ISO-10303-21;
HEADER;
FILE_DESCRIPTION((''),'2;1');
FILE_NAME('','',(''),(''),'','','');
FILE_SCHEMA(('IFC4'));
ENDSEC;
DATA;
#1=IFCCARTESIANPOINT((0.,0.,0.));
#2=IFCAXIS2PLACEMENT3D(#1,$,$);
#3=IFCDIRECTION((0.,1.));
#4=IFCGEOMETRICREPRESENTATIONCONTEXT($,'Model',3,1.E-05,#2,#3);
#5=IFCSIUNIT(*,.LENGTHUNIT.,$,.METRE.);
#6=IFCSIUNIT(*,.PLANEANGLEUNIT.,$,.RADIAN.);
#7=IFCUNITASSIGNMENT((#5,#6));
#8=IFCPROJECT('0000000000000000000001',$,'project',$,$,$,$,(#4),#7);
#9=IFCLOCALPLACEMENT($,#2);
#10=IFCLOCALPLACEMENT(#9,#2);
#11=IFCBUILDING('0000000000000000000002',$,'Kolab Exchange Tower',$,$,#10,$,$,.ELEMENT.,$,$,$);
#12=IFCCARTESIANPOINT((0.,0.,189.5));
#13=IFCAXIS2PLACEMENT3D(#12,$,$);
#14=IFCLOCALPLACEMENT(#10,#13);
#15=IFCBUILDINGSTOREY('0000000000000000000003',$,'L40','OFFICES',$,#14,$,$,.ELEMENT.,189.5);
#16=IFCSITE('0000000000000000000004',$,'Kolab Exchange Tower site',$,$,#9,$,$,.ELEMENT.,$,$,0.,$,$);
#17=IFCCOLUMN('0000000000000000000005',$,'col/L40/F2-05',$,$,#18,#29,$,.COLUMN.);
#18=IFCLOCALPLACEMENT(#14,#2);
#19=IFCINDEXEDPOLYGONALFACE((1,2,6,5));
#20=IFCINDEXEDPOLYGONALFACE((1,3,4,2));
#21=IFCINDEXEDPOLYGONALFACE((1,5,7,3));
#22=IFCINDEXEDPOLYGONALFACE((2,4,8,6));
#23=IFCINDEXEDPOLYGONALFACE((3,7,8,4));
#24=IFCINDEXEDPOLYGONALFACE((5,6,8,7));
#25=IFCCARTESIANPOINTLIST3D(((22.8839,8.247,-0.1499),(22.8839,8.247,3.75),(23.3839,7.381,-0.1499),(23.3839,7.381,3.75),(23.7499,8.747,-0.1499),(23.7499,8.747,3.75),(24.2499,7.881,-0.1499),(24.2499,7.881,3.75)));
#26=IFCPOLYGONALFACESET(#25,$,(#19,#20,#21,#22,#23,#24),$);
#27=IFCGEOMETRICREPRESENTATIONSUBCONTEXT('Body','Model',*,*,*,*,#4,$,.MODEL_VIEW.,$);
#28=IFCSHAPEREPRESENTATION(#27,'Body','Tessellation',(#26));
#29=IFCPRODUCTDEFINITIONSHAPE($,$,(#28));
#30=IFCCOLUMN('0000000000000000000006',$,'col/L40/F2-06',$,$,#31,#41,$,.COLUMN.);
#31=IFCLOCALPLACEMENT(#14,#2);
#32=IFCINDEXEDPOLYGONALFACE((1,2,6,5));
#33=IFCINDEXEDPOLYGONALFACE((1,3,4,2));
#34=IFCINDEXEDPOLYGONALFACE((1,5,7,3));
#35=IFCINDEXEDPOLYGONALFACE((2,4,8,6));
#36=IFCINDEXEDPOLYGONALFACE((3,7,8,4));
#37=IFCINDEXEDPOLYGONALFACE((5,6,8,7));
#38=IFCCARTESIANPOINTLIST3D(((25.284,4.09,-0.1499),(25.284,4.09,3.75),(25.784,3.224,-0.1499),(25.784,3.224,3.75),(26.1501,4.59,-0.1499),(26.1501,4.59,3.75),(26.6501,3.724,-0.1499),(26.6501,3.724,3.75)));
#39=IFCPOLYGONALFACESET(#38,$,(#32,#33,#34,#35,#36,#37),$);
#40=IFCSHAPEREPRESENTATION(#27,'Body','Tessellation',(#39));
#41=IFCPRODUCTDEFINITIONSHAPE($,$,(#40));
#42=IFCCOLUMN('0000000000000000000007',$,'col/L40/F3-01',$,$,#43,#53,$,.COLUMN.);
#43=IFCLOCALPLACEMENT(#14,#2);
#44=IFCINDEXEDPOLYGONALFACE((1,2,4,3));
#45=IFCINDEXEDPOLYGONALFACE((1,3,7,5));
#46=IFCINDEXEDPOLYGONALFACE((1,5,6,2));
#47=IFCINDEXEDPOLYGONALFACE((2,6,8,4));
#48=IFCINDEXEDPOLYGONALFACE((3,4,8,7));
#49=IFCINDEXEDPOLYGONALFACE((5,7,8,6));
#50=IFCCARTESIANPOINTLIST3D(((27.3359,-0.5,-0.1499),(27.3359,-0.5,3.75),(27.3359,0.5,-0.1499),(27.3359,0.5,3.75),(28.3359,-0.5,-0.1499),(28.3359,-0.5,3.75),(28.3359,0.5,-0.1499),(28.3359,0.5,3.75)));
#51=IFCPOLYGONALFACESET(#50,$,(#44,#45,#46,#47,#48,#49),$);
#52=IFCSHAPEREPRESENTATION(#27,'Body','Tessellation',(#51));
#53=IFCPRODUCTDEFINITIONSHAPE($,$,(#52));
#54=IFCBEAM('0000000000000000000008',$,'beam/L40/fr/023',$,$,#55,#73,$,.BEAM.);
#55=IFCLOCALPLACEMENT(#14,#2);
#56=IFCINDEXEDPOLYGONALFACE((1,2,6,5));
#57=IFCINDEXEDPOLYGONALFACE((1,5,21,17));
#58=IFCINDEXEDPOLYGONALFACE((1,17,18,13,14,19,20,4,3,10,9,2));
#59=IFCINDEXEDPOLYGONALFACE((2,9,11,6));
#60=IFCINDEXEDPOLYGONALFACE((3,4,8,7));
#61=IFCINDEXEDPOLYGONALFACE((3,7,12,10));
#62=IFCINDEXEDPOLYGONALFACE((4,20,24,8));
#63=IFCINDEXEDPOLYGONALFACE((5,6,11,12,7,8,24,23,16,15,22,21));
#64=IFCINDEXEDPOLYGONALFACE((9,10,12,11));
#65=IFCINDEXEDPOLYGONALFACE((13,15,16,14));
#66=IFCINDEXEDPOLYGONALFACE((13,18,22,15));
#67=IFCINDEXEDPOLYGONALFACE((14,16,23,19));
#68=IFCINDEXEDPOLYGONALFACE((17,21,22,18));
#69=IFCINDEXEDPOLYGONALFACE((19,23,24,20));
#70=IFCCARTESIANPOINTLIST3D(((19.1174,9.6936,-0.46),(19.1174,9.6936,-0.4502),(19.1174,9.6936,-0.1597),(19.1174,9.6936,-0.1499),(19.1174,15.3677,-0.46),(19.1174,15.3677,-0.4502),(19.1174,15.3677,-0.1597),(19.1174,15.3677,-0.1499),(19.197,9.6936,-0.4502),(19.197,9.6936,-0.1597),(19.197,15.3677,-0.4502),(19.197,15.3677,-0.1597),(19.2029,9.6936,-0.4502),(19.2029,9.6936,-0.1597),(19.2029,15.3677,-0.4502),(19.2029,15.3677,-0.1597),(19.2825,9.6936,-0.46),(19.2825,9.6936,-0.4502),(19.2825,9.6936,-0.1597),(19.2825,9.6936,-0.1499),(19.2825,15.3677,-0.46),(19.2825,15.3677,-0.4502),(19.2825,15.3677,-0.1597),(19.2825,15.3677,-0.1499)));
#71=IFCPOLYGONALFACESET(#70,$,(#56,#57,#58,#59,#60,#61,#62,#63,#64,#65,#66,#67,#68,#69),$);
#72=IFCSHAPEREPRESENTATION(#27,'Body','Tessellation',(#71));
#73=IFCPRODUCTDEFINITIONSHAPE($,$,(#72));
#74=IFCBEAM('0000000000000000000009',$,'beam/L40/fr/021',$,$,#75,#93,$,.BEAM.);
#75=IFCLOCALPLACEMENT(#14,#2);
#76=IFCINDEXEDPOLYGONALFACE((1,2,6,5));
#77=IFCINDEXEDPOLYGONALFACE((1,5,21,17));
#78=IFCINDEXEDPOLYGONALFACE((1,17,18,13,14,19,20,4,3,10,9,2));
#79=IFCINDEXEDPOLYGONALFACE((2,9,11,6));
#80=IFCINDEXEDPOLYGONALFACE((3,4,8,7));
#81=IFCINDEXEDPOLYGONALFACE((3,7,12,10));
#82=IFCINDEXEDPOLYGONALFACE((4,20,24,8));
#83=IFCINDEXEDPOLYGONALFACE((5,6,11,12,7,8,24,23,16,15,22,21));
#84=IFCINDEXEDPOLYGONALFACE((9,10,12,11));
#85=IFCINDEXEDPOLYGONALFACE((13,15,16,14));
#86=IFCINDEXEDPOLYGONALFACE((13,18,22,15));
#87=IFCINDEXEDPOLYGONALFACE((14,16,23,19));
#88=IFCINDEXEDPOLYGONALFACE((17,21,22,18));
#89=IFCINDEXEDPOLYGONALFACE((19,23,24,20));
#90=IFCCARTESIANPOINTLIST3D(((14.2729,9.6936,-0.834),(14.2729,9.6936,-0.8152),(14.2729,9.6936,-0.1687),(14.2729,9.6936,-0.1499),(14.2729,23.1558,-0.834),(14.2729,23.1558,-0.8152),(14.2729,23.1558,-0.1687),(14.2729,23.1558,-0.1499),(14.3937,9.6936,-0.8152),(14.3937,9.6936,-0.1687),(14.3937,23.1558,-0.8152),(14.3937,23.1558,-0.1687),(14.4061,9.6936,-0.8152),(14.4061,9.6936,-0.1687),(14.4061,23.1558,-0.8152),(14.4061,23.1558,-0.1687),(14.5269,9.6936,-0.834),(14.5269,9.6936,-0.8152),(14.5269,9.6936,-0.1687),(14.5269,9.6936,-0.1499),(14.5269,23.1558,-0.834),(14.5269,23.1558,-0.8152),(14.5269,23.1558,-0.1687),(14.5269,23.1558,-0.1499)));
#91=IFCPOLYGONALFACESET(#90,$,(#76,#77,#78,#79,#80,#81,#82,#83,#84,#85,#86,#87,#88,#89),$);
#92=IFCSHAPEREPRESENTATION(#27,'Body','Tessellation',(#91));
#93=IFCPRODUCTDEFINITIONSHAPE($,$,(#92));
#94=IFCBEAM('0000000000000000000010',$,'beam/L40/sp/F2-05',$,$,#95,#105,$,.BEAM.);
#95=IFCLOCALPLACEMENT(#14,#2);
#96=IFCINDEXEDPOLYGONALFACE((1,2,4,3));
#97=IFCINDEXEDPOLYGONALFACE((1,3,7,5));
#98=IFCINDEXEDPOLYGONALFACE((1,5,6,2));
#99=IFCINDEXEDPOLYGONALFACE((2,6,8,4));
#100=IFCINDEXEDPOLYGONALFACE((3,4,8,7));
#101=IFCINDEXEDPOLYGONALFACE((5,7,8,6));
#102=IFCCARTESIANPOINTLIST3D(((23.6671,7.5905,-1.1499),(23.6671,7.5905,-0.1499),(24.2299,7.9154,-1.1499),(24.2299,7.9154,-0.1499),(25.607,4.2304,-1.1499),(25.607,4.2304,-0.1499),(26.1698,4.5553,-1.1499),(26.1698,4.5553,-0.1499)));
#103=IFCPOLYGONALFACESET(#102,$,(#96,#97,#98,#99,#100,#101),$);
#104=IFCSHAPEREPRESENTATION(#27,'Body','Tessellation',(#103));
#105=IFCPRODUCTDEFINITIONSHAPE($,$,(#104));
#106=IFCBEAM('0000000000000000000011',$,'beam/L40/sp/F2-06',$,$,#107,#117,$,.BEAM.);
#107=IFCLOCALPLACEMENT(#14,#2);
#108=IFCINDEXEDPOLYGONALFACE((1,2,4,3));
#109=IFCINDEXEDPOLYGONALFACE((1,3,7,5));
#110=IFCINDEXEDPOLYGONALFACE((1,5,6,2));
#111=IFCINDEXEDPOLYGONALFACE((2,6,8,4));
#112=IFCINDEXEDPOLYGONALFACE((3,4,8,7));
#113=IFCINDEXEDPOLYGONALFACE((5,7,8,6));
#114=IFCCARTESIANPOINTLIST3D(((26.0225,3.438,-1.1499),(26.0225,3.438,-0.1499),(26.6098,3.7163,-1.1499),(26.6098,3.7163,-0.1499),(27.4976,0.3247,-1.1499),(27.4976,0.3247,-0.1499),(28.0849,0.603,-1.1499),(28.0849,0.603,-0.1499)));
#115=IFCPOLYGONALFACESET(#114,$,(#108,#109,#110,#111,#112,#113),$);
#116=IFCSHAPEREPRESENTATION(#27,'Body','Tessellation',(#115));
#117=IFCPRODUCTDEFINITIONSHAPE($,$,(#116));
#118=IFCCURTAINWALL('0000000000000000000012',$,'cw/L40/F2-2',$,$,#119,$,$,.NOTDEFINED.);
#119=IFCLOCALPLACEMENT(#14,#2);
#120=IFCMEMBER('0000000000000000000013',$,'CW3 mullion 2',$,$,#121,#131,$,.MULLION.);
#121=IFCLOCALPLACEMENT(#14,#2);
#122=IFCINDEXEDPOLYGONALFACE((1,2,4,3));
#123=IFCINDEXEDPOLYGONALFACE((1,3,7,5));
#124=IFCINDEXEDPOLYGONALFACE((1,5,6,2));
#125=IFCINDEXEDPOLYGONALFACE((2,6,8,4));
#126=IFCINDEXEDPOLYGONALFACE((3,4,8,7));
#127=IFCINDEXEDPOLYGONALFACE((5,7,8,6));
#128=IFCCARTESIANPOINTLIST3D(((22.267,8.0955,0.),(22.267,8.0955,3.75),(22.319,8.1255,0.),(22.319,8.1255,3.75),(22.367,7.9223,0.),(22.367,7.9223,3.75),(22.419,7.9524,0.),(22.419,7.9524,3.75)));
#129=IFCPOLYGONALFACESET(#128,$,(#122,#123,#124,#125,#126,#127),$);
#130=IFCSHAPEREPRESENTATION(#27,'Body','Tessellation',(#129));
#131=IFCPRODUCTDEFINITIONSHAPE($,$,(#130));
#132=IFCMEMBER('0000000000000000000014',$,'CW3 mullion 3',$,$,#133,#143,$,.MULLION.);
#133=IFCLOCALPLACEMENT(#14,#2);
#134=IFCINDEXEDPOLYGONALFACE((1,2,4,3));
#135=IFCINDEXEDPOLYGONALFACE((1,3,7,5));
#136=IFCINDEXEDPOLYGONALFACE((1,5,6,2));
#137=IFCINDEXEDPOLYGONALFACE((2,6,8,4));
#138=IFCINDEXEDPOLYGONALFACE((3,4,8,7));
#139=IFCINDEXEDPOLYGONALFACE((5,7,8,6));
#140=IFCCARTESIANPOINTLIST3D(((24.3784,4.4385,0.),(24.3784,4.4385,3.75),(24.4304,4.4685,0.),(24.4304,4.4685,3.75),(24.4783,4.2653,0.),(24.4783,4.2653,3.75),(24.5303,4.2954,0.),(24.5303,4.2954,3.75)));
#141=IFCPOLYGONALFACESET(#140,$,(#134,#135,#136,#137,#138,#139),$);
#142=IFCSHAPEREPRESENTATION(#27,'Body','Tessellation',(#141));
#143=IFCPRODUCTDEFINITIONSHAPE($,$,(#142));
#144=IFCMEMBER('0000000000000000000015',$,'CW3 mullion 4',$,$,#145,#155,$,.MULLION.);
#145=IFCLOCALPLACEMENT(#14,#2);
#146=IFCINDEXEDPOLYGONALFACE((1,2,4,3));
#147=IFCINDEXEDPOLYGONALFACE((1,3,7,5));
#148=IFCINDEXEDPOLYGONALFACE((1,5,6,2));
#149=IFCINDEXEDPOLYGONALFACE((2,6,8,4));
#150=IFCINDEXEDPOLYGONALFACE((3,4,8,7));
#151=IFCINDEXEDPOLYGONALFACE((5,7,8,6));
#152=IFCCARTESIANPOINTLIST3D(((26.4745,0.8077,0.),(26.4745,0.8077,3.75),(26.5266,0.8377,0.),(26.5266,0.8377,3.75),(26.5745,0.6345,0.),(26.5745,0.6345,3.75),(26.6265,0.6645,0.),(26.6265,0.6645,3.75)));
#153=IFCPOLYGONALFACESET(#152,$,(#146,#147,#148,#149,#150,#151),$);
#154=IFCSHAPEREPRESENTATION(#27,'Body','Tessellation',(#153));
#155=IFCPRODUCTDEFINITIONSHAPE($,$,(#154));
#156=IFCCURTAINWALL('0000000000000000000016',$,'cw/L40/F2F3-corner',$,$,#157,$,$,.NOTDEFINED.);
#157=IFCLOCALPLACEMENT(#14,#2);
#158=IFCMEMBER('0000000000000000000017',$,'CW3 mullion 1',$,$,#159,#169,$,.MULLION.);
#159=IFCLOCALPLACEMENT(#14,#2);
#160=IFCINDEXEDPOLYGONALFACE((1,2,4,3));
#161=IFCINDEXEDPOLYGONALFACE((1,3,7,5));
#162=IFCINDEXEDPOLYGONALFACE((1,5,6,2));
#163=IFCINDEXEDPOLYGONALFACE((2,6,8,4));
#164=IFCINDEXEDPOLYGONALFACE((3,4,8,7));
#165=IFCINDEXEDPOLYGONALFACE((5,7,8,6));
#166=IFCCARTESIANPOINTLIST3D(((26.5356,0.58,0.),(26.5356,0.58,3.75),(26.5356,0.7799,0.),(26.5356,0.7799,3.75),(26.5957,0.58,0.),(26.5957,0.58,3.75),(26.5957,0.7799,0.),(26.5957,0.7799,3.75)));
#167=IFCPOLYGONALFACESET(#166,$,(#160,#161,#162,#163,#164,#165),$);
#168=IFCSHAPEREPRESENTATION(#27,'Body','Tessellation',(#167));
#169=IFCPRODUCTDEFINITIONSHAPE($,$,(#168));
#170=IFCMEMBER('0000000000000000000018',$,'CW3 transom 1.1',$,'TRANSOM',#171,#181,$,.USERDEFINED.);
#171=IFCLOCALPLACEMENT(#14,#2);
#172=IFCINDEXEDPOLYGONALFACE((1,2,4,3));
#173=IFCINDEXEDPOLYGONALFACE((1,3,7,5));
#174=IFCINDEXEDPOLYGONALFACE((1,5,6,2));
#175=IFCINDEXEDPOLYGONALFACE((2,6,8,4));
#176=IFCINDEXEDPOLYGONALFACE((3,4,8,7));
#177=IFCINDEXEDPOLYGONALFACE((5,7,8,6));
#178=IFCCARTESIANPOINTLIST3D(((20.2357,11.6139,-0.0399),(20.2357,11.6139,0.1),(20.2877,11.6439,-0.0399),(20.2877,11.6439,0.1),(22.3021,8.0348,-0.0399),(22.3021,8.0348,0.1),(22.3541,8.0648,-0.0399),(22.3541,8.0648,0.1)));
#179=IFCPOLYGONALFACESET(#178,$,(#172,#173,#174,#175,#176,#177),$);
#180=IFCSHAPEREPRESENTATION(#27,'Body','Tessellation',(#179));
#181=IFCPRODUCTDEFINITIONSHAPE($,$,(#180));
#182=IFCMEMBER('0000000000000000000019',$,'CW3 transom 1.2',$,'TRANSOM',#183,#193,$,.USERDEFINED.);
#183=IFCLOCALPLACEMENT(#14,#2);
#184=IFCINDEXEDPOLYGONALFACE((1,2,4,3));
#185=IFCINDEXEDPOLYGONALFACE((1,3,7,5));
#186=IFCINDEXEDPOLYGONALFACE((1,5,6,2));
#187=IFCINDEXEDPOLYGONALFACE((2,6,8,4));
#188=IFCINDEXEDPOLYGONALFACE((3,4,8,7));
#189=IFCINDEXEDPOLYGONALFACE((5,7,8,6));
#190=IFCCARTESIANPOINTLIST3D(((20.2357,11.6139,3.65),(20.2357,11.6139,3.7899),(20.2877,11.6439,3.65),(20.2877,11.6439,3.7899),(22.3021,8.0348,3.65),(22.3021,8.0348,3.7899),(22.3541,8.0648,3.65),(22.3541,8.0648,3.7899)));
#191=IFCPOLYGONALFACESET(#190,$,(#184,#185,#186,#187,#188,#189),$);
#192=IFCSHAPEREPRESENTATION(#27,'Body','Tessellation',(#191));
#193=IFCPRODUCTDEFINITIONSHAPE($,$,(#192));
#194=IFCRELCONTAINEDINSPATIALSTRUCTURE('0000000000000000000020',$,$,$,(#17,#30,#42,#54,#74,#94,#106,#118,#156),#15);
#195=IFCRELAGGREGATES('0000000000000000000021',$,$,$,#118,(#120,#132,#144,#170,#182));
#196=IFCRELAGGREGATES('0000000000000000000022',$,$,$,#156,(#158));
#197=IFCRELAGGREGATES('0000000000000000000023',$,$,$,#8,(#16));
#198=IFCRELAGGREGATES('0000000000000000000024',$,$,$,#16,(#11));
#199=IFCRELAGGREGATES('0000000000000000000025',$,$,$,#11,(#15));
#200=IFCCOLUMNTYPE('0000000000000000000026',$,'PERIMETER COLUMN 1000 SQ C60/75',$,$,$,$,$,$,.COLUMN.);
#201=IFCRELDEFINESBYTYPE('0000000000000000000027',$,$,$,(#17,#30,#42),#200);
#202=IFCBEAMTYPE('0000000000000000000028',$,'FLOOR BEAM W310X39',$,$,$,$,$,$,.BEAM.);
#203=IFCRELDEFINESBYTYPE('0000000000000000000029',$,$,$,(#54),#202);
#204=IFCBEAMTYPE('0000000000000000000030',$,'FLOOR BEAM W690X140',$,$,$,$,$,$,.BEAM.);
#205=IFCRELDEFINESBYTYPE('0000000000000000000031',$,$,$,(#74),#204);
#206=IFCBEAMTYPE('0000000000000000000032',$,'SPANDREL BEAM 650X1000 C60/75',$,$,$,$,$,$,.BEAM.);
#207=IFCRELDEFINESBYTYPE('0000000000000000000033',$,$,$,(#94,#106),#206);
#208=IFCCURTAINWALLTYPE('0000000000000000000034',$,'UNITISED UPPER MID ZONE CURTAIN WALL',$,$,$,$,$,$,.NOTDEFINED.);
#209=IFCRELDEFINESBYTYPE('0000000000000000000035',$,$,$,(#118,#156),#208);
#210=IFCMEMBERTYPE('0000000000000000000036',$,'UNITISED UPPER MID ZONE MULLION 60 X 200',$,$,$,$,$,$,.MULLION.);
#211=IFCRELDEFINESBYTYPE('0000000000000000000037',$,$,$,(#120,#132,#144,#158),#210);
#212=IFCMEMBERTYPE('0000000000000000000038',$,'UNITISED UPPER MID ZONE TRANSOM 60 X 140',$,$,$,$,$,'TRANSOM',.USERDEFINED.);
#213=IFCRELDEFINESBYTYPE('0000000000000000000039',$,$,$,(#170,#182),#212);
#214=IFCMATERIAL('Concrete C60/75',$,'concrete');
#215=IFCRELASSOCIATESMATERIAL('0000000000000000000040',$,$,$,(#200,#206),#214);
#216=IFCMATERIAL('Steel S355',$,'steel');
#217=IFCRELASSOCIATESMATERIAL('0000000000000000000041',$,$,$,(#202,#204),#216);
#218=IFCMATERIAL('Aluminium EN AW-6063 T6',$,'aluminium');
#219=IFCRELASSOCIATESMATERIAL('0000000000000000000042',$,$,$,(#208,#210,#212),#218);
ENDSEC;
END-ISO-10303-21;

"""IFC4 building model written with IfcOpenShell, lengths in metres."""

from ifc_helpers import new_model, si_unit, direction, frame, origin, origin_2d, place, context, subcontext, project, spatial, rectangle, i_section, extrude, material, material_profile, profile_set, type_object, element, aggregate, save


model = new_model("IFC4")

# Units and contexts
model_context = context("Model", 3, precision=1e-05, world=origin(), true_north=direction((0.0, 1.0)))
body_context = subcontext(model_context, "Body", "Model", "MODEL_VIEW")
ifc_project = project(units=[si_unit("LENGTHUNIT", "METRE"), si_unit("PLANEANGLEUNIT", "RADIAN")], contexts=[model_context])

# Site, building, storey
site_placement = place(None, origin())
site = spatial("IfcSite", under=ifc_project, at=site_placement, Name="Kolab Exchange Tower site", CompositionType="ELEMENT", RefElevation=0.0)
building_placement = place(site_placement, origin())
building = spatial("IfcBuilding", under=site, at=building_placement, Name="Kolab Exchange Tower", CompositionType="ELEMENT")
storey_placement = place(building_placement, frame((0.0, 0.0, 189.5)))
storey = spatial("IfcBuildingStorey", under=building, at=storey_placement, Name="L40", Description="OFFICES", CompositionType="ELEMENT", Elevation=189.5)

# Columns
ifc_material_1 = material(Name="Concrete C60/75", Category="concrete")
ifc_material_profile_1 = material_profile(ifc_material_1, rectangle(XDim=1.0, YDim=1.0, at=origin_2d()), Name="RC1000")
ifc_profile_set_1 = profile_set([ifc_material_profile_1], Name="Concrete C60/75")
column_type = type_object("IfcColumnType", Name="PERIMETER COLUMN 1000 SQ C60/75", PredefinedType="COLUMN", material=ifc_profile_set_1)
for number, where, z_axis, x_axis, name in (
    (1, (23.5669, 8.064, -0.1499), (0.0, 0.0, 1.0), (0.866025, 0.5, 0.0), "col/L40/F2-05"),
    (2, (25.967, 3.907, -0.1499), (0.0, 0.0, 1.0), (0.866025, 0.5, 0.0), "col/L40/F2-06"),
    (3, (27.8359, 0.0, -0.1499), (0.0, 0.0, 1.0), (1.0, 0.0, 0.0), "col/L40/F3-01"),
):
    element("IfcColumn", number, at=place(storey_placement, frame(where, z_axis=z_axis, x_axis=x_axis)), inside=storey, type_object=column_type, Name=name, PredefinedType="COLUMN", context=body_context, shape_type="SweptSolid", body=[
        extrude(rectangle(XDim=1.0, YDim=1.0, at=origin_2d()), origin(), (0.0, 0.0, 1.0), 3.8999),
    ])

# Beams
ifc_material_2 = material(Name="Steel S355", Category="steel")
ifc_material_profile_2 = material_profile(ifc_material_2, i_section(OverallWidth=0.165, OverallDepth=0.3101, WebThickness=0.0059, FlangeThickness=0.0098, at=origin_2d()), Name="W310X39")
ifc_profile_set_2 = profile_set([ifc_material_profile_2], Name="Steel S355")
beam_type_1 = type_object("IfcBeamType", Name="FLOOR BEAM W310X39", PredefinedType="BEAM", material=ifc_profile_set_2)
beam_1_placement = place(storey_placement, frame((19.2, 9.6936, -0.3049), z_axis=(0.0, 1.0, 0.0), x_axis=(-1.0, 0.0, 0.0)))
element("IfcBeam", 4, at=beam_1_placement, inside=storey, type_object=beam_type_1, Name="beam/L40/fr/023", PredefinedType="BEAM", context=body_context, shape_type="SweptSolid", body=[
    extrude(i_section(OverallWidth=0.165, OverallDepth=0.3101, WebThickness=0.0059, FlangeThickness=0.0098, at=origin_2d()), origin(), (0.0, 0.0, 1.0), 5.6741),
])
ifc_material_profile_3 = material_profile(ifc_material_2, i_section(OverallWidth=0.2539, OverallDepth=0.6841, WebThickness=0.0125, FlangeThickness=0.0188, at=origin_2d()), Name="W690X140")
ifc_profile_set_3 = profile_set([ifc_material_profile_3], Name="Steel S355")
beam_type_2 = type_object("IfcBeamType", Name="FLOOR BEAM W690X140", PredefinedType="BEAM", material=ifc_profile_set_3)
beam_2_placement = place(storey_placement, frame((14.3999, 9.6936, -0.4919), z_axis=(0.0, 1.0, 0.0), x_axis=(-1.0, 0.0, 0.0)))
element("IfcBeam", 5, at=beam_2_placement, inside=storey, type_object=beam_type_2, Name="beam/L40/fr/021", PredefinedType="BEAM", context=body_context, shape_type="SweptSolid", body=[
    extrude(i_section(OverallWidth=0.2539, OverallDepth=0.6841, WebThickness=0.0125, FlangeThickness=0.0188, at=origin_2d()), origin(), (0.0, 0.0, 1.0), 13.4622),
])
ifc_material_profile_4 = material_profile(ifc_material_1, rectangle(XDim=0.6499, YDim=1.0, at=origin_2d()), Name="RC650X1000")
ifc_profile_set_4 = profile_set([ifc_material_profile_4], Name="Concrete C60/75")
beam_type_3 = type_object("IfcBeamType", Name="SPANDREL BEAM 650X1000 C60/75", PredefinedType="BEAM", material=ifc_profile_set_4)
beam_3_placement = place(storey_placement, frame((23.9485, 7.7529, -0.6499), z_axis=(0.499997, -0.866027, 0.0), x_axis=(0.866027, 0.499997, 0.0)))
element("IfcBeam", 6, at=beam_3_placement, inside=storey, type_object=beam_type_3, Name="beam/L40/sp/F2-05", PredefinedType="BEAM", context=body_context, shape_type="SweptSolid", body=[
    extrude(rectangle(XDim=0.6499, YDim=1.0, at=origin_2d()), origin(), (0.0, 0.0, 1.0), 3.8799),
])
beam_4_placement = place(storey_placement, frame((26.3162, 3.5771, -0.6499), z_axis=(0.428178, -0.903695, 0.0), x_axis=(0.903695, 0.428178, 0.0)))
element("IfcBeam", 7, at=beam_4_placement, inside=storey, type_object=beam_type_3, Name="beam/L40/sp/F2-06", PredefinedType="BEAM", context=body_context, shape_type="SweptSolid", body=[
    extrude(rectangle(XDim=0.6499, YDim=1.0, at=origin_2d()), origin(), (0.0, 0.0, 1.0), 3.4451),
])

# Curtain wall, members
ifc_material_3 = material(Name="Aluminium EN AW-6063 T6", Category="aluminium")
curtain_wall_type = type_object("IfcCurtainWallType", Name="UNITISED UPPER MID ZONE CURTAIN WALL", PredefinedType="NOTDEFINED", material=ifc_material_3)
curtain_wall_1_placement = place(storey_placement, origin())
curtain_wall_1 = element("IfcCurtainWall", 8, at=curtain_wall_1_placement, inside=storey, type_object=curtain_wall_type, Name="cw/L40/F2-2", PredefinedType="NOTDEFINED")
ifc_material_profile_5 = material_profile(ifc_material_3, rectangle(XDim=0.0601, YDim=0.2, at=origin_2d()), Name="RECT 60X200")
ifc_profile_set_5 = profile_set([ifc_material_profile_5], Name="Aluminium EN AW-6063 T6")
member_type_1 = type_object("IfcMemberType", Name="UNITISED UPPER MID ZONE MULLION 60 X 200", PredefinedType="MULLION", material=ifc_profile_set_5)
member_1_placement = place(storey_placement, frame((22.343, 8.0239, 0.0), z_axis=(0.0, 0.0, 1.0), x_axis=(0.866025, 0.5, 0.0)))
member_1 = element("IfcMember", 9, at=member_1_placement, type_object=member_type_1, Name="CW3 mullion 2", PredefinedType="MULLION", context=body_context, shape_type="SweptSolid", body=[
    extrude(rectangle(XDim=0.0601, YDim=0.2, at=origin_2d()), origin(), (0.0, 0.0, 1.0), 3.75),
])
member_2_placement = place(storey_placement, frame((24.4543, 4.3669, 0.0), z_axis=(0.0, 0.0, 1.0), x_axis=(0.866025, 0.5, 0.0)))
member_2 = element("IfcMember", 10, at=member_2_placement, type_object=member_type_1, Name="CW3 mullion 3", PredefinedType="MULLION", context=body_context, shape_type="SweptSolid", body=[
    extrude(rectangle(XDim=0.0601, YDim=0.2, at=origin_2d()), origin(), (0.0, 0.0, 1.0), 3.75),
])
member_3_placement = place(storey_placement, frame((26.5505, 0.7361, 0.0), z_axis=(0.0, 0.0, 1.0), x_axis=(0.866025, 0.5, 0.0)))
member_3 = element("IfcMember", 11, at=member_3_placement, type_object=member_type_1, Name="CW3 mullion 4", PredefinedType="MULLION", context=body_context, shape_type="SweptSolid", body=[
    extrude(rectangle(XDim=0.0601, YDim=0.2, at=origin_2d()), origin(), (0.0, 0.0, 1.0), 3.75),
])

# Curtain wall, member
curtain_wall_2_placement = place(storey_placement, origin())
curtain_wall_2 = element("IfcCurtainWall", 12, at=curtain_wall_2_placement, inside=storey, type_object=curtain_wall_type, Name="cw/L40/F2F3-corner", PredefinedType="NOTDEFINED")
member_4_placement = place(storey_placement, frame((26.5657, 0.6799, 0.0), z_axis=(0.0, 0.0, 1.0), x_axis=(1.0, 0.0, 0.0)))
member_4 = element("IfcMember", 13, at=member_4_placement, type_object=member_type_1, Name="CW3 mullion 1", PredefinedType="MULLION", context=body_context, shape_type="SweptSolid", body=[
    extrude(rectangle(XDim=0.0601, YDim=0.2, at=origin_2d()), origin(), (0.0, 0.0, 1.0), 3.75),
])

# Members
ifc_material_profile_6 = material_profile(ifc_material_3, rectangle(XDim=0.0601, YDim=0.1399, at=origin_2d()), Name="RECT 60X140")
ifc_profile_set_6 = profile_set([ifc_material_profile_6], Name="Aluminium EN AW-6063 T6")
member_type_2 = type_object("IfcMemberType", Name="UNITISED UPPER MID ZONE TRANSOM 60 X 140", ElementType="TRANSOM", PredefinedType="USERDEFINED", material=ifc_profile_set_6)
member_5_placement = place(storey_placement, frame((20.2617, 11.6289, 0.03), z_axis=(0.500002, -0.866024, 0.0), x_axis=(0.866024, 0.500002, 0.0)))
member_5 = element("IfcMember", 14, at=member_5_placement, type_object=member_type_2, Name="CW3 transom 1.1", ObjectType="TRANSOM", PredefinedType="USERDEFINED", context=body_context, shape_type="SweptSolid", body=[
    extrude(rectangle(XDim=0.0601, YDim=0.1399, at=origin_2d()), origin(), (0.0, 0.0, 1.0), 4.1328),
])
member_6_placement = place(storey_placement, frame((20.2617, 11.6289, 3.72), z_axis=(0.500002, -0.866024, 0.0), x_axis=(0.866024, 0.500002, 0.0)))
member_6 = element("IfcMember", 15, at=member_6_placement, type_object=member_type_2, Name="CW3 transom 1.2", ObjectType="TRANSOM", PredefinedType="USERDEFINED", context=body_context, shape_type="SweptSolid", body=[
    extrude(rectangle(XDim=0.0601, YDim=0.1399, at=origin_2d()), origin(), (0.0, 0.0, 1.0), 4.1328),
])

aggregate(curtain_wall_1, [member_1, member_2, member_3, member_5, member_6])
aggregate(curtain_wall_2, [member_4])

save(model, "model.ifc")
